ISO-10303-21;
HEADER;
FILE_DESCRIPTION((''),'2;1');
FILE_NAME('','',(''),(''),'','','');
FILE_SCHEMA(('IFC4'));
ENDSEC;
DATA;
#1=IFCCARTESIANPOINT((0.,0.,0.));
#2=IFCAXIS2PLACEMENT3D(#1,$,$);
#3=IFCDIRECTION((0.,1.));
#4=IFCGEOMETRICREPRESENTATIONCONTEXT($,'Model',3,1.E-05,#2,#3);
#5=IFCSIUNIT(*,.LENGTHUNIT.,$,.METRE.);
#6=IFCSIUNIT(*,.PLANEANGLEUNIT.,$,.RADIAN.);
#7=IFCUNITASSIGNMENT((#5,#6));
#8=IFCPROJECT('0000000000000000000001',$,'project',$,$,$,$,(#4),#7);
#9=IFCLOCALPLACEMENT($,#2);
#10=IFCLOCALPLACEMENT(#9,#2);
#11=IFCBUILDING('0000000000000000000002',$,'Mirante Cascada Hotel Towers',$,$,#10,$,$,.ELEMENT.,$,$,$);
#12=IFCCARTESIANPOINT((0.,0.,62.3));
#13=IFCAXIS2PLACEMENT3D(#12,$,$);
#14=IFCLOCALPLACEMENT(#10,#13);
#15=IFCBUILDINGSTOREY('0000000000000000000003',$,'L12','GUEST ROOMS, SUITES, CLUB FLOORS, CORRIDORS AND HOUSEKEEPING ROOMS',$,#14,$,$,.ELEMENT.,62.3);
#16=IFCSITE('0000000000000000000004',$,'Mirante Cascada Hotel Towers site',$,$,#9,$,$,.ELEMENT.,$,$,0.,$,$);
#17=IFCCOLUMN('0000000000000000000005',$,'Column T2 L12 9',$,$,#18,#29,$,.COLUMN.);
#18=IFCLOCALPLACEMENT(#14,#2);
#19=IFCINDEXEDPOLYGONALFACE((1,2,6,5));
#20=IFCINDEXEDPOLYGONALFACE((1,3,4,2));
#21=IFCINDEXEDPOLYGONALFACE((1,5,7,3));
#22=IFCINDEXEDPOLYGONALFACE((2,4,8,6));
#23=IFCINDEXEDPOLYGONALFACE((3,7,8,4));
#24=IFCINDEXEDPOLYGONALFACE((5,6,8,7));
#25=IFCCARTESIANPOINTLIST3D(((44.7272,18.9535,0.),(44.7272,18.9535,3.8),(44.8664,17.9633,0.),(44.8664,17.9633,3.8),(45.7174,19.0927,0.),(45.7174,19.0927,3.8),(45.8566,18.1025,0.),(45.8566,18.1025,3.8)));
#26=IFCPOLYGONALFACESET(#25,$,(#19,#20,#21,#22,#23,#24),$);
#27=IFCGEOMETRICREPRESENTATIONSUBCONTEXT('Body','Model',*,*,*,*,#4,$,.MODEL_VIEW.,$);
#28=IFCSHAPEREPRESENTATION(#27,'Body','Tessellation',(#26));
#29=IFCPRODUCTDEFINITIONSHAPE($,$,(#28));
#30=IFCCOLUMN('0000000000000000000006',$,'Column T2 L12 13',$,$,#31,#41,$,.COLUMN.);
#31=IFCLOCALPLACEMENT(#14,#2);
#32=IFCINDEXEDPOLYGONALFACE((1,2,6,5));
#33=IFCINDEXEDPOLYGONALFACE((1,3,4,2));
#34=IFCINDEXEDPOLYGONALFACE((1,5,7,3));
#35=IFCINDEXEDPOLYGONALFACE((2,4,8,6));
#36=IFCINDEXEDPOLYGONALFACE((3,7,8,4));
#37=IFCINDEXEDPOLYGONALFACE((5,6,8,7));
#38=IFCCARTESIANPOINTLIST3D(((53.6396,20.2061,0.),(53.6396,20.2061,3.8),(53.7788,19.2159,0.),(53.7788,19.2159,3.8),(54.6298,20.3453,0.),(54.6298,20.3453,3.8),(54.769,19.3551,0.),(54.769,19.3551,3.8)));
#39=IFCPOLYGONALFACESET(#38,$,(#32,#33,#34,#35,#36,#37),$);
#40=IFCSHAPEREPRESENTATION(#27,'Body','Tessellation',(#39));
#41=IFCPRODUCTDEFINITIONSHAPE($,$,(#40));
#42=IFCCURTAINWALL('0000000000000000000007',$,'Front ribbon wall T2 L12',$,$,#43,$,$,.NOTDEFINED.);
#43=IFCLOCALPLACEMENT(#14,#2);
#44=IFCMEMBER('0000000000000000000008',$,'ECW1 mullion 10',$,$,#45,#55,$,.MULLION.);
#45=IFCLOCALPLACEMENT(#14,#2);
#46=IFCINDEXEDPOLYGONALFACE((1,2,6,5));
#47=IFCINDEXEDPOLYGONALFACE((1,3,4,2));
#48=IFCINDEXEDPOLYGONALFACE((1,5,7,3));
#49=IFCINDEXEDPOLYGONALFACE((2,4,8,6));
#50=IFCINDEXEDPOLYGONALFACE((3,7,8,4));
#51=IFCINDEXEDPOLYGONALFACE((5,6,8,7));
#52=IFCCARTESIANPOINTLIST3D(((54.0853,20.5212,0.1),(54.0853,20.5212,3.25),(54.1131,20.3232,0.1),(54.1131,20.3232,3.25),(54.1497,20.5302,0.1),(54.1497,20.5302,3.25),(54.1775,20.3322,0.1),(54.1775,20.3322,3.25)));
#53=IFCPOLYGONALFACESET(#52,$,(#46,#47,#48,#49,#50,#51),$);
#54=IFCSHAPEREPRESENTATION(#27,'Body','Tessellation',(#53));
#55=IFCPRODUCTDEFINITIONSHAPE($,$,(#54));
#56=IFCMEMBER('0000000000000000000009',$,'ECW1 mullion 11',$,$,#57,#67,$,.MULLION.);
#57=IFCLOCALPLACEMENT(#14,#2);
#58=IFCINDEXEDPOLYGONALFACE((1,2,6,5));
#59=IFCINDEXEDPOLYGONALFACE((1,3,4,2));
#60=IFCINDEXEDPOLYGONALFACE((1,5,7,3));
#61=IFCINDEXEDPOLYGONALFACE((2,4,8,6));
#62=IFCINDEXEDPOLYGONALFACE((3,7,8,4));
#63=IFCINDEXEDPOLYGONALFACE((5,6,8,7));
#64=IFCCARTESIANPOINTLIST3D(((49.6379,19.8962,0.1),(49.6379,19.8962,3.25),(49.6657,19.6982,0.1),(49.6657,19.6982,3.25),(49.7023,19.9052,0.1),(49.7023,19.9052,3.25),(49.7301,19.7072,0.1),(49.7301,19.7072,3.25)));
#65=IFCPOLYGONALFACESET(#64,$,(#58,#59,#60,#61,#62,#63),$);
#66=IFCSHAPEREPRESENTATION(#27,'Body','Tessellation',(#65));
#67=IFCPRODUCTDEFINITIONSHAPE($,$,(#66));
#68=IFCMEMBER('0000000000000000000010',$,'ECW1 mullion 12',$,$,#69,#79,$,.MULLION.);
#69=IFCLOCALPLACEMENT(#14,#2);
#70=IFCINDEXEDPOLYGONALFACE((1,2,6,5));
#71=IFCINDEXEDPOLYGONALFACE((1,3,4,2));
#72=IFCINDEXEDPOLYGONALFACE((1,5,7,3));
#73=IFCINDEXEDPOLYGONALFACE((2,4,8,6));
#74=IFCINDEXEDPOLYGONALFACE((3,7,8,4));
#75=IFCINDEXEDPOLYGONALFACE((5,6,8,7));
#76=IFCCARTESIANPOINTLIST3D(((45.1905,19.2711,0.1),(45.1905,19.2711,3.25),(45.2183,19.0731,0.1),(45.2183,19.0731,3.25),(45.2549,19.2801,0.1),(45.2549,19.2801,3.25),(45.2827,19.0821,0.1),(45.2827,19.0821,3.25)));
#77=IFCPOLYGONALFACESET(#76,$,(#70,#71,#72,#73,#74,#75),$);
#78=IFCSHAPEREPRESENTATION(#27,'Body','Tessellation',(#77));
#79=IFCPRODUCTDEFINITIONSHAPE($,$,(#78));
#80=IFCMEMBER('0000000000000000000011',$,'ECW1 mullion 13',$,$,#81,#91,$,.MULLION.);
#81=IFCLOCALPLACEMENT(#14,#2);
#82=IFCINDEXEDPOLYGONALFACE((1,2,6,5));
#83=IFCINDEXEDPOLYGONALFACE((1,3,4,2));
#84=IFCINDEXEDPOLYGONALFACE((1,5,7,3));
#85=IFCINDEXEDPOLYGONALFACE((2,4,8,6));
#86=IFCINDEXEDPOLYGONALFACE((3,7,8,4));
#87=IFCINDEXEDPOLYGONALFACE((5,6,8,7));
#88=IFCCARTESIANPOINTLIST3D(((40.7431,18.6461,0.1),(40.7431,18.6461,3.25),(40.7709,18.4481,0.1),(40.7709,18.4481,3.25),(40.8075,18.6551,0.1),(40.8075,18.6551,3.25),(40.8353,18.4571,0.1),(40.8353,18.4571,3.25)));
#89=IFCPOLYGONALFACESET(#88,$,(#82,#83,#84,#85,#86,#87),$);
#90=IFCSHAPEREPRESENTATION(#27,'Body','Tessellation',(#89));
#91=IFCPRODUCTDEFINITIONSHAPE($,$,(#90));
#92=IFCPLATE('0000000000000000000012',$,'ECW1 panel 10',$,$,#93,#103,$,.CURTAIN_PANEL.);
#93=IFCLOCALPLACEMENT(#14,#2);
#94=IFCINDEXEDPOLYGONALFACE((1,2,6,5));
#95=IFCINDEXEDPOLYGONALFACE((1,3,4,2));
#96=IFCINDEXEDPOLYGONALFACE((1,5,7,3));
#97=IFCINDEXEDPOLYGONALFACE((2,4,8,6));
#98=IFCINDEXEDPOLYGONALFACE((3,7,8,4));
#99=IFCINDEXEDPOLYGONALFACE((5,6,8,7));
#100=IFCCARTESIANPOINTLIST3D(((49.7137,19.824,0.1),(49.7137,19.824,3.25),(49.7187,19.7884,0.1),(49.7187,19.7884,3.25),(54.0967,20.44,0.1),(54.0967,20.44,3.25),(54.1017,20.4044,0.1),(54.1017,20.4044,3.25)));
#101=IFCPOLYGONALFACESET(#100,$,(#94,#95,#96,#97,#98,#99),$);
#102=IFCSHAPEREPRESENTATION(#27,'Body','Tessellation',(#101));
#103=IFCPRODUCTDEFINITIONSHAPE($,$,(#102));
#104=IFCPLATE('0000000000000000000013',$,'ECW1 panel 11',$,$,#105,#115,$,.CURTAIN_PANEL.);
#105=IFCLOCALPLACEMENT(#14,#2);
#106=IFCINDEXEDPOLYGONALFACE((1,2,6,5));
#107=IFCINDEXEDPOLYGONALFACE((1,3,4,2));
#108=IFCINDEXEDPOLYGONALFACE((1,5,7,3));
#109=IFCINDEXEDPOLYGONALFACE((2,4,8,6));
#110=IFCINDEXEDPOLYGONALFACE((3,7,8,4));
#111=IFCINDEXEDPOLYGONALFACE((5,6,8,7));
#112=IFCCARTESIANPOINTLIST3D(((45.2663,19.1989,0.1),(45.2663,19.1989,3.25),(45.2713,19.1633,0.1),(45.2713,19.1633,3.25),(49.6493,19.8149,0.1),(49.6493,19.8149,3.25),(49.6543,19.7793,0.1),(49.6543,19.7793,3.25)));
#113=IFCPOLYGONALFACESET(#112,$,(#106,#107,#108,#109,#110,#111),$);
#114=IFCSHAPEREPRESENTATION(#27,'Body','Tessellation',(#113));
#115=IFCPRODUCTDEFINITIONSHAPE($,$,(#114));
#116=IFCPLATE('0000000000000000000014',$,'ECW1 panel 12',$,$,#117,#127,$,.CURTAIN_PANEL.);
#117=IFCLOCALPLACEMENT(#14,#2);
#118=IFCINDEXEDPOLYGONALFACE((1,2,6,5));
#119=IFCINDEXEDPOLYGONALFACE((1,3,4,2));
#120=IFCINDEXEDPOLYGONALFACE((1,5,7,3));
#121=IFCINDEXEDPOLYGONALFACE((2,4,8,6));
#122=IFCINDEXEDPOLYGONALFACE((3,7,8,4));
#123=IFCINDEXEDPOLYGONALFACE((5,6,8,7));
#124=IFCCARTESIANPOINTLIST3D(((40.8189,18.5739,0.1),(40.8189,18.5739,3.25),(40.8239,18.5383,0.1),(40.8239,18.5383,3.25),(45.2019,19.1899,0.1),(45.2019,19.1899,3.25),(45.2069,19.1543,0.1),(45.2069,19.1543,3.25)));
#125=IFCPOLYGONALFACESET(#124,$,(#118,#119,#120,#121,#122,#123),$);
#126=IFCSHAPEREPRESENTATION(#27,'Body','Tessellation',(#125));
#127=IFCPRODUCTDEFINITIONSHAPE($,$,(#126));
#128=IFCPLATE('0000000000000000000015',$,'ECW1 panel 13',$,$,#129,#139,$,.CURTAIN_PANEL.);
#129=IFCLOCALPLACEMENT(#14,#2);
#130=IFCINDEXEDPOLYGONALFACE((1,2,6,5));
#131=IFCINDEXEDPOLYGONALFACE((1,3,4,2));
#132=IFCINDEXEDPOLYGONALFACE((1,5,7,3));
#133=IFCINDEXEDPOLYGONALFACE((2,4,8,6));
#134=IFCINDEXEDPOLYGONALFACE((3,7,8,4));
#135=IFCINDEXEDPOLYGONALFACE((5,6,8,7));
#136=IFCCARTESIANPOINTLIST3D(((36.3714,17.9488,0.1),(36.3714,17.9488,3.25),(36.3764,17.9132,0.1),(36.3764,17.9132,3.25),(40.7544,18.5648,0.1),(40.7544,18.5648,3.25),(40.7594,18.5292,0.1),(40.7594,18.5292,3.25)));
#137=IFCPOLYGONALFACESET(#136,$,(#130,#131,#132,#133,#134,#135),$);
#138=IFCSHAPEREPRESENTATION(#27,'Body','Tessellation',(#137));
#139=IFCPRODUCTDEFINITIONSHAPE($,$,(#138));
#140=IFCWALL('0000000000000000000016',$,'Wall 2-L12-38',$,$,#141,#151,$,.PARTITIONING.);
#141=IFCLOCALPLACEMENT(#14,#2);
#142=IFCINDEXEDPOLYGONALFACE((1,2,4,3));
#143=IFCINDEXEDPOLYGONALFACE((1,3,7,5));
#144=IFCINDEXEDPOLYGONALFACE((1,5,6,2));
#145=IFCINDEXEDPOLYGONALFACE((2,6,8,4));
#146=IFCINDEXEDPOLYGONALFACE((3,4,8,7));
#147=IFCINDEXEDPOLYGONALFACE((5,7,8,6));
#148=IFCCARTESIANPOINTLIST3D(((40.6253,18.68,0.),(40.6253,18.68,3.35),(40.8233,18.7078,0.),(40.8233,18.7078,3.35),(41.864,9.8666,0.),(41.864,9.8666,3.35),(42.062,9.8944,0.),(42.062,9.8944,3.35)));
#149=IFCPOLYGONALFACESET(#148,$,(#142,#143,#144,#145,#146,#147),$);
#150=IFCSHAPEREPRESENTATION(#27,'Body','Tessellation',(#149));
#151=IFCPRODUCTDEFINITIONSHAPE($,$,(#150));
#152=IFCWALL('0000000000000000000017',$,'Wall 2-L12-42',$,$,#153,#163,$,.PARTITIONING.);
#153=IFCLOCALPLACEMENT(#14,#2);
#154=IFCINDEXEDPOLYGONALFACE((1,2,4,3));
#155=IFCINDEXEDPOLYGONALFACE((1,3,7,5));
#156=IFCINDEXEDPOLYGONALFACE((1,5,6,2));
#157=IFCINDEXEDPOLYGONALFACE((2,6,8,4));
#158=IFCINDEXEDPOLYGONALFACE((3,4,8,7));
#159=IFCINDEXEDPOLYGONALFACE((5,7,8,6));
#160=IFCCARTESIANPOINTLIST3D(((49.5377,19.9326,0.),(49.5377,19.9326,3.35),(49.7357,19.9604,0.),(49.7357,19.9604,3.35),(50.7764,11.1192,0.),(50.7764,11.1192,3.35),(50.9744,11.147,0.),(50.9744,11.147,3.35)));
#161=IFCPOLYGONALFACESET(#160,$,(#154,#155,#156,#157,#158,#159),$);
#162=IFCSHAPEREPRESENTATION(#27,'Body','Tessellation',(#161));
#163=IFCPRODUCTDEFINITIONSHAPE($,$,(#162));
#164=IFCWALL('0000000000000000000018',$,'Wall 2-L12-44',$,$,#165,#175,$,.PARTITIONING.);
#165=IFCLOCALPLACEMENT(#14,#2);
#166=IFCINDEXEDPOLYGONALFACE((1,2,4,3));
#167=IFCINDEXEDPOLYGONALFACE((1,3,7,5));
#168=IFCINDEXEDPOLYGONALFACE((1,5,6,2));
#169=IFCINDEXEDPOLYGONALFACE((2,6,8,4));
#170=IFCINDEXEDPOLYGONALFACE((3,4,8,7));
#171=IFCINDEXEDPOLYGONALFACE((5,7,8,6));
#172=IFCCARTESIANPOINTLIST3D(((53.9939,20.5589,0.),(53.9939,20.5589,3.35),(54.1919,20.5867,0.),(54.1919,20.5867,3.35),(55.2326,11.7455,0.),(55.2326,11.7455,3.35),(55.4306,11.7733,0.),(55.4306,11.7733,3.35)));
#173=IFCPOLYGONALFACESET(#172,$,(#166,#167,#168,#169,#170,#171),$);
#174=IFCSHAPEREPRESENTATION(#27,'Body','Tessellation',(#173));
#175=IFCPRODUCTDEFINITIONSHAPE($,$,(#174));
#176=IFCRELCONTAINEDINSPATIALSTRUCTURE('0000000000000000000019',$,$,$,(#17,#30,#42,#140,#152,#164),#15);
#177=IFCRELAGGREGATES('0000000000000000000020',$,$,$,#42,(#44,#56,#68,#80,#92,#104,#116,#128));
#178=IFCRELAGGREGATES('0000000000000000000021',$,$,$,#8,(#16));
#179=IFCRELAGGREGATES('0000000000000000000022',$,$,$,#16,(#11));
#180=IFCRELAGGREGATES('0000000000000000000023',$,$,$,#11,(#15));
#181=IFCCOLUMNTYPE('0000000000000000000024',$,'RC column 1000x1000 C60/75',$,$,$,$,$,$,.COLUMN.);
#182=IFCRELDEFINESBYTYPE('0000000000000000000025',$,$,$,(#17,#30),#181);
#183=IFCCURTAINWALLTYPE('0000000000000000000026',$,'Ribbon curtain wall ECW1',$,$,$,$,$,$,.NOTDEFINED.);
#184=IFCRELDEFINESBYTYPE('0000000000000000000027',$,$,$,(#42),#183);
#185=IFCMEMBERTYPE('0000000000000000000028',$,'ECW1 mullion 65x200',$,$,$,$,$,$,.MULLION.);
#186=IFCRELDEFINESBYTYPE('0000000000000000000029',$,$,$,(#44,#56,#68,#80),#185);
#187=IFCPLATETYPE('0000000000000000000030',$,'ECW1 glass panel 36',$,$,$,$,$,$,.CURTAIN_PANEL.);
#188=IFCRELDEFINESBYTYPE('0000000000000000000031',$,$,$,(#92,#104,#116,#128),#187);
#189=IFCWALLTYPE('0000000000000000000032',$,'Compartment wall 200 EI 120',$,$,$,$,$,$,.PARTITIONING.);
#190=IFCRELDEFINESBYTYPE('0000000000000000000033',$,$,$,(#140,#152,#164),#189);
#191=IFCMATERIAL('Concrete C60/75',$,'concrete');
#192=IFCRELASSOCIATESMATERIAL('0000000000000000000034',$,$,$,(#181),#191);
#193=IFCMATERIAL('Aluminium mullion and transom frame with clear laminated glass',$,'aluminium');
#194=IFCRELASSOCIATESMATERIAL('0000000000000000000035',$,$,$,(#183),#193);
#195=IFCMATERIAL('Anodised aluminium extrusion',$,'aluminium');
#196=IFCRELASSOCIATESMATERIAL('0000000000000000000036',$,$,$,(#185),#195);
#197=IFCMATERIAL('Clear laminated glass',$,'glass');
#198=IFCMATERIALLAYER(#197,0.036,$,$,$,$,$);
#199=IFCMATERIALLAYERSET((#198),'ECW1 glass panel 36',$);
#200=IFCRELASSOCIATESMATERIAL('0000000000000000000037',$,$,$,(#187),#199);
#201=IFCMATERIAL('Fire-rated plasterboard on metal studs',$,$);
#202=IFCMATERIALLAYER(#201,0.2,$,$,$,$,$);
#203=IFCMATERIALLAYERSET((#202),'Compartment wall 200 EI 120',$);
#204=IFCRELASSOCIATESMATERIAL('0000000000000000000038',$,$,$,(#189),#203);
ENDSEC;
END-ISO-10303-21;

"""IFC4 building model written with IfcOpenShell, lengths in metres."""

from ifc_helpers import new_model, si_unit, direction, frame, frame_2d, origin, origin_2d, place, context, subcontext, project, spatial, rectangle, extrude, material, layer, layer_set, material_profile, profile_set, type_object, element, aggregate, save


model = new_model("IFC4")

# Units and contexts
model_context = context("Model", 3, precision=1e-05, world=origin(), true_north=direction((0.0, 1.0)))
body_context = subcontext(model_context, "Body", "Model", "MODEL_VIEW")
ifc_project = project(units=[si_unit("LENGTHUNIT", "METRE"), si_unit("PLANEANGLEUNIT", "RADIAN")], contexts=[model_context])

# Site, building, storey
site_placement = place(None, origin())
site = spatial("IfcSite", under=ifc_project, at=site_placement, Name="Mirante Cascada Hotel Towers site", CompositionType="ELEMENT", RefElevation=0.0)
building_placement = place(site_placement, origin())
building = spatial("IfcBuilding", under=site, at=building_placement, Name="Mirante Cascada Hotel Towers", CompositionType="ELEMENT")
storey_placement = place(building_placement, frame((0.0, 0.0, 62.3)))
storey = spatial("IfcBuildingStorey", under=building, at=storey_placement, Name="L12", Description="GUEST ROOMS, SUITES, CLUB FLOORS, CORRIDORS AND HOUSEKEEPING ROOMS", CompositionType="ELEMENT", Elevation=62.3)

# Columns
ifc_material_1 = material(Name="Concrete C60/75", Category="concrete")
ifc_material_profile_1 = material_profile(ifc_material_1, rectangle(XDim=1.0, YDim=1.0, at=origin_2d()), Name="RC column 1000x1000 C60/75")
ifc_profile_set_1 = profile_set([ifc_material_profile_1], Name="Concrete C60/75")
column_type = type_object("IfcColumnType", Name="RC column 1000x1000 C60/75", PredefinedType="COLUMN", material=ifc_profile_set_1)
for number, where, z_axis, x_axis, name in (
    (1, (45.2919, 18.528, 0.0), (0.0, 0.0, 1.0), (0.990268, 0.139173, 0.0), "Column T2 L12 9"),
    (2, (54.2043, 19.7806, 0.0), (0.0, 0.0, 1.0), (0.990268, 0.139173, 0.0), "Column T2 L12 13"),
):
    element("IfcColumn", number, at=place(storey_placement, frame(where, z_axis=z_axis, x_axis=x_axis)), inside=storey, type_object=column_type, Name=name, PredefinedType="COLUMN", context=body_context, shape_type="SweptSolid", body=[
        extrude(rectangle(XDim=1.0, YDim=1.0, at=origin_2d()), origin(), (0.0, 0.0, 1.0), 3.8),
    ])

# Curtain wall, members, plates
ifc_material_2 = material(Name="Aluminium mullion and transom frame with clear laminated glass", Category="aluminium")
curtain_wall_type = type_object("IfcCurtainWallType", Name="Ribbon curtain wall ECW1", PredefinedType="NOTDEFINED", material=ifc_material_2)
curtain_wall_placement = place(storey_placement, origin())
curtain_wall = element("IfcCurtainWall", 3, at=curtain_wall_placement, inside=storey, type_object=curtain_wall_type, Name="Front ribbon wall T2 L12", PredefinedType="NOTDEFINED")
ifc_material_3 = material(Name="Anodised aluminium extrusion", Category="aluminium")
ifc_material_profile_2 = material_profile(ifc_material_3, rectangle(XDim=0.2, YDim=0.065, at=origin_2d()), Name="ECW1 MULLION 65x200")
ifc_profile_set_2 = profile_set([ifc_material_profile_2], Name="Anodised aluminium extrusion")
member_type = type_object("IfcMemberType", Name="ECW1 mullion 65x200", PredefinedType="MULLION", material=ifc_profile_set_2)
member_1_placement = place(storey_placement, frame((54.1314, 20.4267, 0.1), z_axis=(0.0, 0.0, 1.0), x_axis=(0.139173, -0.990268, 0.0)))
member_1 = element("IfcMember", 4, at=member_1_placement, type_object=member_type, Name="ECW1 mullion 10", PredefinedType="MULLION", context=body_context, shape_type="SweptSolid", body=[
    extrude(rectangle(XDim=0.2, YDim=0.065, at=origin_2d()), origin(), (0.0, 0.0, 1.0), 3.15),
])
member_2_placement = place(storey_placement, frame((49.684, 19.8017, 0.1), z_axis=(0.0, 0.0, 1.0), x_axis=(0.139173, -0.990268, 0.0)))
member_2 = element("IfcMember", 5, at=member_2_placement, type_object=member_type, Name="ECW1 mullion 11", PredefinedType="MULLION", context=body_context, shape_type="SweptSolid", body=[
    extrude(rectangle(XDim=0.2, YDim=0.065, at=origin_2d()), origin(), (0.0, 0.0, 1.0), 3.15),
])
member_3_placement = place(storey_placement, frame((45.2366, 19.1766, 0.1), z_axis=(0.0, 0.0, 1.0), x_axis=(0.139173, -0.990268, 0.0)))
member_3 = element("IfcMember", 6, at=member_3_placement, type_object=member_type, Name="ECW1 mullion 12", PredefinedType="MULLION", context=body_context, shape_type="SweptSolid", body=[
    extrude(rectangle(XDim=0.2, YDim=0.065, at=origin_2d()), origin(), (0.0, 0.0, 1.0), 3.15),
])
member_4_placement = place(storey_placement, frame((40.7892, 18.5516, 0.1), z_axis=(0.0, 0.0, 1.0), x_axis=(0.139173, -0.990268, 0.0)))
member_4 = element("IfcMember", 7, at=member_4_placement, type_object=member_type, Name="ECW1 mullion 13", PredefinedType="MULLION", context=body_context, shape_type="SweptSolid", body=[
    extrude(rectangle(XDim=0.2, YDim=0.065, at=origin_2d()), origin(), (0.0, 0.0, 1.0), 3.15),
])
ifc_material_4 = material(Name="Clear laminated glass", Category="glass")
ifc_layer_1 = layer(ifc_material_4, 0.036)
ifc_layer_set_1 = layer_set([ifc_layer_1], Name="ECW1 glass panel 36")
plate_type = type_object("IfcPlateType", Name="ECW1 glass panel 36", PredefinedType="CURTAIN_PANEL", material=ifc_layer_set_1)
plate_1_placement = place(storey_placement, frame((51.9077, 20.1142, 0.1), z_axis=(0.0, 0.0, 1.0), x_axis=(-0.990268, -0.139173, 0.0)))
plate_1 = element("IfcPlate", 8, at=plate_1_placement, type_object=plate_type, Name="ECW1 panel 10", PredefinedType="CURTAIN_PANEL", context=body_context, shape_type="SweptSolid", body=[
    extrude(rectangle(XDim=4.4261, YDim=0.036, at=origin_2d()), origin(), (0.0, 0.0, 1.0), 3.15),
])
plate_2_placement = place(storey_placement, frame((47.4603, 19.4891, 0.1), z_axis=(0.0, 0.0, 1.0), x_axis=(-0.990268, -0.139173, 0.0)))
plate_2 = element("IfcPlate", 9, at=plate_2_placement, type_object=plate_type, Name="ECW1 panel 11", PredefinedType="CURTAIN_PANEL", context=body_context, shape_type="SweptSolid", body=[
    extrude(rectangle(XDim=4.4261, YDim=0.036, at=origin_2d()), origin(), (0.0, 0.0, 1.0), 3.15),
])
plate_3_placement = place(storey_placement, frame((43.0129, 18.8641, 0.1), z_axis=(0.0, 0.0, 1.0), x_axis=(-0.990268, -0.139173, 0.0)))
plate_3 = element("IfcPlate", 10, at=plate_3_placement, type_object=plate_type, Name="ECW1 panel 12", PredefinedType="CURTAIN_PANEL", context=body_context, shape_type="SweptSolid", body=[
    extrude(rectangle(XDim=4.4261, YDim=0.036, at=origin_2d()), origin(), (0.0, 0.0, 1.0), 3.15),
])
plate_4_placement = place(storey_placement, frame((38.5654, 18.239, 0.1), z_axis=(0.0, 0.0, 1.0), x_axis=(-0.990268, -0.139173, 0.0)))
plate_4 = element("IfcPlate", 11, at=plate_4_placement, type_object=plate_type, Name="ECW1 panel 13", PredefinedType="CURTAIN_PANEL", context=body_context, shape_type="SweptSolid", body=[
    extrude(rectangle(XDim=4.4261, YDim=0.036, at=origin_2d()), origin(), (0.0, 0.0, 1.0), 3.15),
])
aggregate(curtain_wall, [member_1, member_2, member_3, member_4, plate_1, plate_2, plate_3, plate_4])

# Walls
ifc_material_5 = material(Name="Fire-rated plasterboard on metal studs")
ifc_layer_2 = layer(ifc_material_5, 0.2)
ifc_layer_set_2 = layer_set([ifc_layer_2], Name="Compartment wall 200 EI 120")
wall_type_1 = type_object("IfcWallType", Name="Compartment wall 200 EI 120", PredefinedType="PARTITIONING", material=ifc_layer_set_2)
for number, where, z_axis, x_axis, name in (
    (12, (40.7243, 18.6939, 0.0), (0.0, 0.0, 1.0), (0.139179, -0.990267, 0.0), "Wall 2-L12-38"),
    (13, (49.6367, 19.9465, 0.0), (0.0, 0.0, 1.0), (0.139179, -0.990267, 0.0), "Wall 2-L12-42"),
    (14, (54.0929, 20.5728, 0.0), (0.0, 0.0, 1.0), (0.139179, -0.990267, 0.0), "Wall 2-L12-44"),
):
    element("IfcWall", number, at=place(storey_placement, frame(where, z_axis=z_axis, x_axis=x_axis)), inside=storey, type_object=wall_type_1, Name=name, PredefinedType="PARTITIONING", context=body_context, shape_type="SweptSolid", body=[
        extrude(rectangle(XDim=8.9, YDim=0.2, at=frame_2d((4.45, 0.0))), origin(), (0.0, 0.0, 1.0), 3.35),
    ])

save(model, "model.ifc")
